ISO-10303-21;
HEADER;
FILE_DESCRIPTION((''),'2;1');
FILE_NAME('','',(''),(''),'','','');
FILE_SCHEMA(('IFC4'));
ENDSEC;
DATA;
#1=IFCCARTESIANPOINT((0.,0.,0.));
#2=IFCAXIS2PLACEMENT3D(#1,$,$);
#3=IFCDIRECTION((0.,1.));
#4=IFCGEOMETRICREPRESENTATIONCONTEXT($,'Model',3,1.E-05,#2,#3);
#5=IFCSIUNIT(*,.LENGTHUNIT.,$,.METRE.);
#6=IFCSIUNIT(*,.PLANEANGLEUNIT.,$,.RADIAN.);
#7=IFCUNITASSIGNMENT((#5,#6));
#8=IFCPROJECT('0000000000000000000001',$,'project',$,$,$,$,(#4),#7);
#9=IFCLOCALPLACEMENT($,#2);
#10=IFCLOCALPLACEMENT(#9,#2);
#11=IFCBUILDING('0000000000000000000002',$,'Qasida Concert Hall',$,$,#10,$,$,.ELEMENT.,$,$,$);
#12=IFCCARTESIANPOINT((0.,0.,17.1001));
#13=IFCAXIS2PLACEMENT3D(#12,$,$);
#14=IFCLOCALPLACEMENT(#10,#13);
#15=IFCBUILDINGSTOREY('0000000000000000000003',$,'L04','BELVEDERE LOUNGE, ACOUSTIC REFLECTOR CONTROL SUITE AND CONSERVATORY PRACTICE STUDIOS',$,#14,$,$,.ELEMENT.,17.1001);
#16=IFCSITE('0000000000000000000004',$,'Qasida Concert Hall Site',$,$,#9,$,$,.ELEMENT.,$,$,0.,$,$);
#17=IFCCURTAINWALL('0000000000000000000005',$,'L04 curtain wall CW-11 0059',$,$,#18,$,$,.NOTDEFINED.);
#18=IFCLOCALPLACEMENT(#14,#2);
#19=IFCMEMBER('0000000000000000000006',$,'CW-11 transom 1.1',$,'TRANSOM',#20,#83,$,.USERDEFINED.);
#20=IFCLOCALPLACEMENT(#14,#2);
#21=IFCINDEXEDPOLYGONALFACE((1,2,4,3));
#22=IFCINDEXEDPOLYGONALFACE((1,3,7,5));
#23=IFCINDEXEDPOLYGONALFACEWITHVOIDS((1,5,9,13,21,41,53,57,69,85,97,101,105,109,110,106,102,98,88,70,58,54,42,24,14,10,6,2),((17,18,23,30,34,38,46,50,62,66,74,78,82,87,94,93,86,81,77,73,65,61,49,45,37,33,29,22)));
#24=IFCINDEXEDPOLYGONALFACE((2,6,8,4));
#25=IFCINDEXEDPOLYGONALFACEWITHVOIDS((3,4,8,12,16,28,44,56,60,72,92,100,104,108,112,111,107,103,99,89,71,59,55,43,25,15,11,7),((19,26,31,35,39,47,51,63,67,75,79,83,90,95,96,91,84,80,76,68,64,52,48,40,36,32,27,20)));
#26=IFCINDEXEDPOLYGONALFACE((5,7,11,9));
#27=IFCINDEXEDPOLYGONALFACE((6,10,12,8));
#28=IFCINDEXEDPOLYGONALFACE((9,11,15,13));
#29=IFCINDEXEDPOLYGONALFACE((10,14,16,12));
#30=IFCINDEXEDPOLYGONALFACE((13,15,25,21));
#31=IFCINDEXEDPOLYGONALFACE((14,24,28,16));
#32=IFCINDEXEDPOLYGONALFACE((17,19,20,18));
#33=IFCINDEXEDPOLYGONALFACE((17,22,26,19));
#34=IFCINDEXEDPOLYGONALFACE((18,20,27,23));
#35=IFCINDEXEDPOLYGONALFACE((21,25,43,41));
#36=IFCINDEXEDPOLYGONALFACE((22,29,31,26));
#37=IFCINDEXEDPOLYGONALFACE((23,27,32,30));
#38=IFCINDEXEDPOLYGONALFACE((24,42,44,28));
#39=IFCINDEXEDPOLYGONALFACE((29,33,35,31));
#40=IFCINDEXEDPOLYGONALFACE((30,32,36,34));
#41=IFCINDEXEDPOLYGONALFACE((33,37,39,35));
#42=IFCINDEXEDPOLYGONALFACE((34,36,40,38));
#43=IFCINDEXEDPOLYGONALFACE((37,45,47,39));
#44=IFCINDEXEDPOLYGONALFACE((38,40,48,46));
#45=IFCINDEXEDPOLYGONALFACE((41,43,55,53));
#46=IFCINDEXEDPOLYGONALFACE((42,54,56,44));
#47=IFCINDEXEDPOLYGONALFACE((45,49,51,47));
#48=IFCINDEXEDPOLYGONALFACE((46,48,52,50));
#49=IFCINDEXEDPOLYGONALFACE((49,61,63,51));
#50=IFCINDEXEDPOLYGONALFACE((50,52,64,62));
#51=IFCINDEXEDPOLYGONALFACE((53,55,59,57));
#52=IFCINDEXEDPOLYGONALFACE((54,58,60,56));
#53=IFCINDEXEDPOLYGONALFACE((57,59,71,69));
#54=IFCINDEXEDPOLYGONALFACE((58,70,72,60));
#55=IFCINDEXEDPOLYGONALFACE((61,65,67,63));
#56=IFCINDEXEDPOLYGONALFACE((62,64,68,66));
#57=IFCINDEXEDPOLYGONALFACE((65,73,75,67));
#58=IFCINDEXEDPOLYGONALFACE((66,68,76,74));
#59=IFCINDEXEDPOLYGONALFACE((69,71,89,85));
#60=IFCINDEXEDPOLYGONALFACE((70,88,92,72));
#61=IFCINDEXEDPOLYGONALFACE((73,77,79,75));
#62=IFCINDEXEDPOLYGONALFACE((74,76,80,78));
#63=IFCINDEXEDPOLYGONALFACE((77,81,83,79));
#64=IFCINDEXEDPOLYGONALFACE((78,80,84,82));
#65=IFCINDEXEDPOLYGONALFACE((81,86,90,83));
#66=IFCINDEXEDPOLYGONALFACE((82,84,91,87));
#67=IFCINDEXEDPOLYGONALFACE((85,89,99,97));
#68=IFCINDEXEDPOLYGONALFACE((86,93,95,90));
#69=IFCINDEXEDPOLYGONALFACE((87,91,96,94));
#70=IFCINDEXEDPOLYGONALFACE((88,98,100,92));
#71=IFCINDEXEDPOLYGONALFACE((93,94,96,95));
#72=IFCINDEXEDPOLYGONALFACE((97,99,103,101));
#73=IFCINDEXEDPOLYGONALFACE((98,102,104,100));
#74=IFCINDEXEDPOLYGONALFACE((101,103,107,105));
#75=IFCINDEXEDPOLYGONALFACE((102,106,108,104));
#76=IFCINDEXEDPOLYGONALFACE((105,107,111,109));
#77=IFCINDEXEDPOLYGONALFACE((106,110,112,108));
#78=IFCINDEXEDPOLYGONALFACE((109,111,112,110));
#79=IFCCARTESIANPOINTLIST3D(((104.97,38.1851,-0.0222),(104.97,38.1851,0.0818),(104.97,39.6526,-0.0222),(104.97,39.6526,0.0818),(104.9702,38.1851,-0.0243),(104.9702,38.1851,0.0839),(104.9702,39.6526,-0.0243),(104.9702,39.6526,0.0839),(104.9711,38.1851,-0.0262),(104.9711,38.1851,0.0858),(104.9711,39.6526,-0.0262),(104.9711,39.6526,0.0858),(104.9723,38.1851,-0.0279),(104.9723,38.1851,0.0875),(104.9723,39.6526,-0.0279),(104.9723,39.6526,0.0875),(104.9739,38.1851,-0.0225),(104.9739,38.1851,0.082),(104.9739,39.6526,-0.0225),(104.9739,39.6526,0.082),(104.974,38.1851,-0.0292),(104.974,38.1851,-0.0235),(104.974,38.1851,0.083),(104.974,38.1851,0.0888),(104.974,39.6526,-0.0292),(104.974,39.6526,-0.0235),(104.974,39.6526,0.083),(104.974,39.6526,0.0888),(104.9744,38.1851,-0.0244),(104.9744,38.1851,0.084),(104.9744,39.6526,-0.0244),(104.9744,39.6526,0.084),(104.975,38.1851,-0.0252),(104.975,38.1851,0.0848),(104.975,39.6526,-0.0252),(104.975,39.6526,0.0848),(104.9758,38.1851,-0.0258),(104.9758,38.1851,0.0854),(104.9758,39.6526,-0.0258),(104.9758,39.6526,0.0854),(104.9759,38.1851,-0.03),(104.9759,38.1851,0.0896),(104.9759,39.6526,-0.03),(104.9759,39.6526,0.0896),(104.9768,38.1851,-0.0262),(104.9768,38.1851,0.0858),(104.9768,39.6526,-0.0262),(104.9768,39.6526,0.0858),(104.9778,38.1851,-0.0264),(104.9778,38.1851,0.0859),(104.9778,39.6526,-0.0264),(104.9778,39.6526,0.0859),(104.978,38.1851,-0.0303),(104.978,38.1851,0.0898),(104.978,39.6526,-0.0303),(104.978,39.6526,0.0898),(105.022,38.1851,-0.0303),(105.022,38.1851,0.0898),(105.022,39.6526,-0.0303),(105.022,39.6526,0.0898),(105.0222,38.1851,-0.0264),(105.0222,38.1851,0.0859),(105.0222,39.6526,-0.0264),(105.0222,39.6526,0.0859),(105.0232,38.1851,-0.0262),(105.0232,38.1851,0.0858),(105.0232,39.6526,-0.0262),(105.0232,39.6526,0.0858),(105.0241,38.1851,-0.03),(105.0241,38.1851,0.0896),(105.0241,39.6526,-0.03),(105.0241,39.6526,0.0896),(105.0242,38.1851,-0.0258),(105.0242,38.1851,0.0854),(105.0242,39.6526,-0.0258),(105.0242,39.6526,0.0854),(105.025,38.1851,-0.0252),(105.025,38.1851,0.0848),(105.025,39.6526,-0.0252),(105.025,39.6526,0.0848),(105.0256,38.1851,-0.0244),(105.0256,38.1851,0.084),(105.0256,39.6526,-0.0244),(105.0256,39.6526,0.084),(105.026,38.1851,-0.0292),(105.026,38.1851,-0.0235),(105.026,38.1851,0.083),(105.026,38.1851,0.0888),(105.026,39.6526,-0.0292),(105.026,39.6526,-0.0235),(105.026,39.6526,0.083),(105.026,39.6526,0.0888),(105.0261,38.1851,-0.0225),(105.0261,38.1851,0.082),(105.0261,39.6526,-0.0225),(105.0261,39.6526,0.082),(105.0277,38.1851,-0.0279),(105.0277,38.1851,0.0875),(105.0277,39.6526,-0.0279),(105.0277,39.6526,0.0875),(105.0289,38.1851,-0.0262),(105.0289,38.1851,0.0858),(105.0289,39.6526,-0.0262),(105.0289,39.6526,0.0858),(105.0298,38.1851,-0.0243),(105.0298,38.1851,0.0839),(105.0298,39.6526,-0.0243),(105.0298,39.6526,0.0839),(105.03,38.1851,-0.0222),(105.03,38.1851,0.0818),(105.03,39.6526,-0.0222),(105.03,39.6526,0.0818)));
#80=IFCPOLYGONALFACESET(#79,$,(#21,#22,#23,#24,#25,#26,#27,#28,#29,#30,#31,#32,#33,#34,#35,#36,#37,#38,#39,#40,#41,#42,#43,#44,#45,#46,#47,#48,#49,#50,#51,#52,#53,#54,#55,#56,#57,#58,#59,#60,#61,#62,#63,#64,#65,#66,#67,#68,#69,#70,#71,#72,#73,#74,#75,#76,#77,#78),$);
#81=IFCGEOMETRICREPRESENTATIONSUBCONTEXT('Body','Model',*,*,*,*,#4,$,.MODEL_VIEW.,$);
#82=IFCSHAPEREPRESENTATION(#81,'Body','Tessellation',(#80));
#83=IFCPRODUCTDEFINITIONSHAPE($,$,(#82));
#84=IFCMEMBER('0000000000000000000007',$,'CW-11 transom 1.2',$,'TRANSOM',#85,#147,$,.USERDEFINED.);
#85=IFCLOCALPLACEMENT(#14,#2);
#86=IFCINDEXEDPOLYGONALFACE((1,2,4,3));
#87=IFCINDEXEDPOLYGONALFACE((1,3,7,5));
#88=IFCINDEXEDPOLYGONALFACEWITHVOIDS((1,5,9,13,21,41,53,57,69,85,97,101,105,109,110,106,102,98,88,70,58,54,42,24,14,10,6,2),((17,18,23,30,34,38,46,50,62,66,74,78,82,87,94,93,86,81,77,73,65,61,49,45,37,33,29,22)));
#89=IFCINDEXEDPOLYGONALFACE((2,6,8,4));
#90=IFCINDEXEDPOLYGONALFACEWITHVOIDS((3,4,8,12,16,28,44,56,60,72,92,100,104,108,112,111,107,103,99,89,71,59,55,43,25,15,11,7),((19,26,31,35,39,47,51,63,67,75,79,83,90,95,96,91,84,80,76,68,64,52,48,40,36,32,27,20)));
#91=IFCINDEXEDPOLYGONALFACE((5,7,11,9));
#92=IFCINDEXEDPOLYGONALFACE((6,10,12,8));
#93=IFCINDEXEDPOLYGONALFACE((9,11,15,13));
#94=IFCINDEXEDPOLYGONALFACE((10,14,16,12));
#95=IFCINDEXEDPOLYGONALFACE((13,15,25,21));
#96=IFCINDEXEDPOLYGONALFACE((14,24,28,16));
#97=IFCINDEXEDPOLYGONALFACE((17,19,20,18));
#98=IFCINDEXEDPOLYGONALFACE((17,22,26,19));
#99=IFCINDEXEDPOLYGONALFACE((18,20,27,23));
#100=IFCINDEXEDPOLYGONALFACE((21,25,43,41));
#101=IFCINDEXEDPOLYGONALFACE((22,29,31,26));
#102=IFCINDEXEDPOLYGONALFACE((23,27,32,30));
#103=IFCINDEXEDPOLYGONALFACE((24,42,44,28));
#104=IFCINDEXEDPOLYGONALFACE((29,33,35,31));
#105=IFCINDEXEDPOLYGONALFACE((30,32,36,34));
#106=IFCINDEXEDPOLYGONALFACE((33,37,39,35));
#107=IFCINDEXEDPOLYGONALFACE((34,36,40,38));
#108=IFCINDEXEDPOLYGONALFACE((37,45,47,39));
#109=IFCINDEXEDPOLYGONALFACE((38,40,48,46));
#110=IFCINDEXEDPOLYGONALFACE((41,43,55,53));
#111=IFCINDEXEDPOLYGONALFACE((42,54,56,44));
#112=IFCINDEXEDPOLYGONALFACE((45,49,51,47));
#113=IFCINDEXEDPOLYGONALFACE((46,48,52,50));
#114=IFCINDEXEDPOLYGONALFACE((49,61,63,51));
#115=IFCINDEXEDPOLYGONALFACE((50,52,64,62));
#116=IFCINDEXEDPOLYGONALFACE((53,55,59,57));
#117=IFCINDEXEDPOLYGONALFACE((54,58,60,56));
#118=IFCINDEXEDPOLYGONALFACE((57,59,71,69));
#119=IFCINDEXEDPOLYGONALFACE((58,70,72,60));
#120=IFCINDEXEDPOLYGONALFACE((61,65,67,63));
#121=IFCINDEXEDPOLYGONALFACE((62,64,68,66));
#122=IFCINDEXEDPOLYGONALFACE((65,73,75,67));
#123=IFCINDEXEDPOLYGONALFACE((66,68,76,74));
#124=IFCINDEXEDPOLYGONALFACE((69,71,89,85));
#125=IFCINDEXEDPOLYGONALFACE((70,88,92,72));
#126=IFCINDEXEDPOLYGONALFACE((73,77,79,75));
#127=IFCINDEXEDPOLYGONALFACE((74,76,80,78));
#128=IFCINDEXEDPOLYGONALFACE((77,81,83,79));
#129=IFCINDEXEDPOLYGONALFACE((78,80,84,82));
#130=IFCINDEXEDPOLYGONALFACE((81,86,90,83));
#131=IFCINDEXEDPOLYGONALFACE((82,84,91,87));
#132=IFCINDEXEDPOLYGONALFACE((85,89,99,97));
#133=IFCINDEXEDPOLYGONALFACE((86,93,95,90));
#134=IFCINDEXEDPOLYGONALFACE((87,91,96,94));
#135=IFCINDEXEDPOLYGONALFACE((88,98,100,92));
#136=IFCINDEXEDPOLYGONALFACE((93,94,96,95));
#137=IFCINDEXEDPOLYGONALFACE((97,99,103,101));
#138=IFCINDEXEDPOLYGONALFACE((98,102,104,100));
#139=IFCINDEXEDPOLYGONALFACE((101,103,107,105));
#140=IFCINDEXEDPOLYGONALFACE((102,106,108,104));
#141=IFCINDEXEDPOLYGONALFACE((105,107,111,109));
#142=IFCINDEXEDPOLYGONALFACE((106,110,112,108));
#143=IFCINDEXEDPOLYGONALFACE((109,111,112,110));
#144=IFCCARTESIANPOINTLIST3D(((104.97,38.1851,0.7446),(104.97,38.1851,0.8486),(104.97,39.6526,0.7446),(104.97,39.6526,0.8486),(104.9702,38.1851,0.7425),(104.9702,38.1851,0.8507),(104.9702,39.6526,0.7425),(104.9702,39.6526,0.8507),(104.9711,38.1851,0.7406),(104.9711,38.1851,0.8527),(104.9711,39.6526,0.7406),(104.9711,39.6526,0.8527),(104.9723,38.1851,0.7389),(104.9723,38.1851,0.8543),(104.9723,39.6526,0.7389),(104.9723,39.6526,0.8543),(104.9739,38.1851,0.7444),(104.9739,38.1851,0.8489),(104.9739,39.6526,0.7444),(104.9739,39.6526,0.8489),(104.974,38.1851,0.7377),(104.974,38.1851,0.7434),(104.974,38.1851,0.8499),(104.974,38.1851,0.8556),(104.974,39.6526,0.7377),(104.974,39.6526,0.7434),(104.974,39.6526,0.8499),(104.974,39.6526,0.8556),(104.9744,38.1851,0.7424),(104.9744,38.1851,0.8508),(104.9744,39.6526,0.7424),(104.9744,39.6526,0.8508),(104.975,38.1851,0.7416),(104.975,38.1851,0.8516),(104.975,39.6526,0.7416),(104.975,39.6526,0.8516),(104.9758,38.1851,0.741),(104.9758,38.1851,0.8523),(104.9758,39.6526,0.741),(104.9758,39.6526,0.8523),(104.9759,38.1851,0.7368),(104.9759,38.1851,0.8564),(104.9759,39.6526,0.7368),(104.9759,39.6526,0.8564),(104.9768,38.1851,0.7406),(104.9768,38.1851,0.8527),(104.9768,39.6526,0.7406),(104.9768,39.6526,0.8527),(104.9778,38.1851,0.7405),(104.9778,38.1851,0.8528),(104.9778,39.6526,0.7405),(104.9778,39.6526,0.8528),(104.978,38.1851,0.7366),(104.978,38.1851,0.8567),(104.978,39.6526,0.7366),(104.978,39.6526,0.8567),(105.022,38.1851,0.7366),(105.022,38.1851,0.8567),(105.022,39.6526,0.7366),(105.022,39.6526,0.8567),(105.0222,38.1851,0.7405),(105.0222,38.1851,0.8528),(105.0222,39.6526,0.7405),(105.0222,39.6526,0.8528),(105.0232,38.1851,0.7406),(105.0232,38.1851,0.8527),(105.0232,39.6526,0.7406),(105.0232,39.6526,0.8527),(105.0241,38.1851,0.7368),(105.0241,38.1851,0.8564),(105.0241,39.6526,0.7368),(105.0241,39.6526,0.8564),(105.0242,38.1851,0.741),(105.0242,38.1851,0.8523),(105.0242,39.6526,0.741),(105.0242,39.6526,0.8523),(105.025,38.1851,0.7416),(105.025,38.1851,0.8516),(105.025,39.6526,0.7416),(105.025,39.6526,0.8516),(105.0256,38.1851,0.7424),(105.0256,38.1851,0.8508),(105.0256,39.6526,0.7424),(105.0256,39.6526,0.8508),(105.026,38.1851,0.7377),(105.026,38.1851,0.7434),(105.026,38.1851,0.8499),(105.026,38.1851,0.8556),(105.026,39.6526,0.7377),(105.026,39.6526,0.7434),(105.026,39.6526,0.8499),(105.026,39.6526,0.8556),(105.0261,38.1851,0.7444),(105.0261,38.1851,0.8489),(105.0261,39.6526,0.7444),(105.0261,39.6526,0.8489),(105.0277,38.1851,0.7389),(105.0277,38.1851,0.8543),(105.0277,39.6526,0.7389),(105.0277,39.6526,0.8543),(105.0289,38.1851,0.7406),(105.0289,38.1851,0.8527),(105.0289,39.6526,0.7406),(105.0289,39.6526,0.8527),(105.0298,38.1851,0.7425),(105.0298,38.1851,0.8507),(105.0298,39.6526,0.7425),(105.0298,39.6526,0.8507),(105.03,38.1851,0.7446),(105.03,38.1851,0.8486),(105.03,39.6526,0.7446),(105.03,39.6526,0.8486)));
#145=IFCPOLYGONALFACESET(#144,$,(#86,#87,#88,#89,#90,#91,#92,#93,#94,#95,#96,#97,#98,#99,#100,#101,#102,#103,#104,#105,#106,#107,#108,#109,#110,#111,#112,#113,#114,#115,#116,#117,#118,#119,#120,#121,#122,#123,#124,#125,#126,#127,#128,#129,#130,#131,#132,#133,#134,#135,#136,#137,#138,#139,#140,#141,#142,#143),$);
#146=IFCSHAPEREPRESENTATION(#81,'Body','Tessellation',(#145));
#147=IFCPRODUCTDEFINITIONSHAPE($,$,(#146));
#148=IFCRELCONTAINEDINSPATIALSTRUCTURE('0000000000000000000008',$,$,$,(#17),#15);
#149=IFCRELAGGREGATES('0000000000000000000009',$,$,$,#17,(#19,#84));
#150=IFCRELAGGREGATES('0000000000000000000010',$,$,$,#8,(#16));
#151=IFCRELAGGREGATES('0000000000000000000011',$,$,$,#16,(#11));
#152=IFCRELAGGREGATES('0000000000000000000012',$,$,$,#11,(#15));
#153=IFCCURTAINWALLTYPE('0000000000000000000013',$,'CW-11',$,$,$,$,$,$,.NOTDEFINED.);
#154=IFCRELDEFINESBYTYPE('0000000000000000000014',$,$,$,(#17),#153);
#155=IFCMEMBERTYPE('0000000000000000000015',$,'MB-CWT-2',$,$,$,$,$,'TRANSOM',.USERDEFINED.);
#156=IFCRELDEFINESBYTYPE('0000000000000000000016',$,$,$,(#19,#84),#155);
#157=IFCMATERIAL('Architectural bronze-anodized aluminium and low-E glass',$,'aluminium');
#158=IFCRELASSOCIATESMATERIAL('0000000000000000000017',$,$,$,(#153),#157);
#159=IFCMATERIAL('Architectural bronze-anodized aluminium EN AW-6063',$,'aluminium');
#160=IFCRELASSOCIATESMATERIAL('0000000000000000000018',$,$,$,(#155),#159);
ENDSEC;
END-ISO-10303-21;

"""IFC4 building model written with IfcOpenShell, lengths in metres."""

from ifc_helpers import new_model, si_unit, direction, frame, origin, origin_2d, place, context, subcontext, project, spatial, hollow_rectangle, extrude, material, material_profile, profile_set, type_object, element, aggregate, save


model = new_model("IFC4")

# Units and contexts
model_context = context("Model", 3, precision=1e-05, world=origin(), true_north=direction((0.0, 1.0)))
body_context = subcontext(model_context, "Body", "Model", "MODEL_VIEW")
ifc_project = project(units=[si_unit("LENGTHUNIT", "METRE"), si_unit("PLANEANGLEUNIT", "RADIAN")], contexts=[model_context])

# Site, building, storey
site_placement = place(None, origin())
site = spatial("IfcSite", under=ifc_project, at=site_placement, Name="Qasida Concert Hall Site", CompositionType="ELEMENT", RefElevation=0.0)
building_placement = place(site_placement, origin())
building = spatial("IfcBuilding", under=site, at=building_placement, Name="Qasida Concert Hall", CompositionType="ELEMENT")
storey_placement = place(building_placement, frame((0.0, 0.0, 17.1001)))
storey = spatial("IfcBuildingStorey", under=building, at=storey_placement, Name="L04", Description="BELVEDERE LOUNGE, ACOUSTIC REFLECTOR CONTROL SUITE AND CONSERVATORY PRACTICE STUDIOS", CompositionType="ELEMENT", Elevation=17.1001)

# Curtain wall, members
ifc_material_1 = material(Name="Architectural bronze-anodized aluminium and low-E glass", Category="aluminium")
curtain_wall_type = type_object("IfcCurtainWallType", Name="CW-11", PredefinedType="NOTDEFINED", material=ifc_material_1)
curtain_wall_placement = place(storey_placement, origin())
curtain_wall = element("IfcCurtainWall", 1, at=curtain_wall_placement, inside=storey, type_object=curtain_wall_type, Name="L04 curtain wall CW-11 0059", PredefinedType="NOTDEFINED")
ifc_material_2 = material(Name="Architectural bronze-anodized aluminium EN AW-6063", Category="aluminium")
ifc_material_profile_1 = material_profile(ifc_material_2, hollow_rectangle(XDim=0.0601, YDim=0.1201, WallThickness=0.0039, InnerFilletRadius=0.0039, OuterFilletRadius=0.0081, at=origin_2d()), Name="CWT 120x60x4")
ifc_profile_set_1 = profile_set([ifc_material_profile_1], Name="Architectural bronze-anodized aluminium EN AW-6063")
member_type_1 = type_object("IfcMemberType", Name="MB-CWT-2", ElementType="TRANSOM", PredefinedType="USERDEFINED", material=ifc_profile_set_1)
member_1_placement = place(storey_placement, frame((105.0, 38.1851, 0.0298), z_axis=(0.0, 1.0, 0.0), x_axis=(-1.0, 0.0, 0.0)))
member_1 = element("IfcMember", 2, at=member_1_placement, type_object=member_type_1, Name="CW-11 transom 1.1", ObjectType="TRANSOM", PredefinedType="USERDEFINED", context=body_context, shape_type="SweptSolid", body=[
    extrude(hollow_rectangle(XDim=0.0601, YDim=0.1201, WallThickness=0.0039, InnerFilletRadius=0.0039, OuterFilletRadius=0.0081, at=origin_2d()), origin(), (0.0, 0.0, 1.0), 1.4675),
])
member_2_placement = place(storey_placement, frame((105.0, 38.1851, 0.7966), z_axis=(0.0, 1.0, 0.0), x_axis=(-1.0, 0.0, 0.0)))
member_2 = element("IfcMember", 3, at=member_2_placement, type_object=member_type_1, Name="CW-11 transom 1.2", ObjectType="TRANSOM", PredefinedType="USERDEFINED", context=body_context, shape_type="SweptSolid", body=[
    extrude(hollow_rectangle(XDim=0.0601, YDim=0.1201, WallThickness=0.0039, InnerFilletRadius=0.0039, OuterFilletRadius=0.0081, at=origin_2d()), origin(), (0.0, 0.0, 1.0), 1.4675),
])
aggregate(curtain_wall, [member_1, member_2])

save(model, "model.ifc")
